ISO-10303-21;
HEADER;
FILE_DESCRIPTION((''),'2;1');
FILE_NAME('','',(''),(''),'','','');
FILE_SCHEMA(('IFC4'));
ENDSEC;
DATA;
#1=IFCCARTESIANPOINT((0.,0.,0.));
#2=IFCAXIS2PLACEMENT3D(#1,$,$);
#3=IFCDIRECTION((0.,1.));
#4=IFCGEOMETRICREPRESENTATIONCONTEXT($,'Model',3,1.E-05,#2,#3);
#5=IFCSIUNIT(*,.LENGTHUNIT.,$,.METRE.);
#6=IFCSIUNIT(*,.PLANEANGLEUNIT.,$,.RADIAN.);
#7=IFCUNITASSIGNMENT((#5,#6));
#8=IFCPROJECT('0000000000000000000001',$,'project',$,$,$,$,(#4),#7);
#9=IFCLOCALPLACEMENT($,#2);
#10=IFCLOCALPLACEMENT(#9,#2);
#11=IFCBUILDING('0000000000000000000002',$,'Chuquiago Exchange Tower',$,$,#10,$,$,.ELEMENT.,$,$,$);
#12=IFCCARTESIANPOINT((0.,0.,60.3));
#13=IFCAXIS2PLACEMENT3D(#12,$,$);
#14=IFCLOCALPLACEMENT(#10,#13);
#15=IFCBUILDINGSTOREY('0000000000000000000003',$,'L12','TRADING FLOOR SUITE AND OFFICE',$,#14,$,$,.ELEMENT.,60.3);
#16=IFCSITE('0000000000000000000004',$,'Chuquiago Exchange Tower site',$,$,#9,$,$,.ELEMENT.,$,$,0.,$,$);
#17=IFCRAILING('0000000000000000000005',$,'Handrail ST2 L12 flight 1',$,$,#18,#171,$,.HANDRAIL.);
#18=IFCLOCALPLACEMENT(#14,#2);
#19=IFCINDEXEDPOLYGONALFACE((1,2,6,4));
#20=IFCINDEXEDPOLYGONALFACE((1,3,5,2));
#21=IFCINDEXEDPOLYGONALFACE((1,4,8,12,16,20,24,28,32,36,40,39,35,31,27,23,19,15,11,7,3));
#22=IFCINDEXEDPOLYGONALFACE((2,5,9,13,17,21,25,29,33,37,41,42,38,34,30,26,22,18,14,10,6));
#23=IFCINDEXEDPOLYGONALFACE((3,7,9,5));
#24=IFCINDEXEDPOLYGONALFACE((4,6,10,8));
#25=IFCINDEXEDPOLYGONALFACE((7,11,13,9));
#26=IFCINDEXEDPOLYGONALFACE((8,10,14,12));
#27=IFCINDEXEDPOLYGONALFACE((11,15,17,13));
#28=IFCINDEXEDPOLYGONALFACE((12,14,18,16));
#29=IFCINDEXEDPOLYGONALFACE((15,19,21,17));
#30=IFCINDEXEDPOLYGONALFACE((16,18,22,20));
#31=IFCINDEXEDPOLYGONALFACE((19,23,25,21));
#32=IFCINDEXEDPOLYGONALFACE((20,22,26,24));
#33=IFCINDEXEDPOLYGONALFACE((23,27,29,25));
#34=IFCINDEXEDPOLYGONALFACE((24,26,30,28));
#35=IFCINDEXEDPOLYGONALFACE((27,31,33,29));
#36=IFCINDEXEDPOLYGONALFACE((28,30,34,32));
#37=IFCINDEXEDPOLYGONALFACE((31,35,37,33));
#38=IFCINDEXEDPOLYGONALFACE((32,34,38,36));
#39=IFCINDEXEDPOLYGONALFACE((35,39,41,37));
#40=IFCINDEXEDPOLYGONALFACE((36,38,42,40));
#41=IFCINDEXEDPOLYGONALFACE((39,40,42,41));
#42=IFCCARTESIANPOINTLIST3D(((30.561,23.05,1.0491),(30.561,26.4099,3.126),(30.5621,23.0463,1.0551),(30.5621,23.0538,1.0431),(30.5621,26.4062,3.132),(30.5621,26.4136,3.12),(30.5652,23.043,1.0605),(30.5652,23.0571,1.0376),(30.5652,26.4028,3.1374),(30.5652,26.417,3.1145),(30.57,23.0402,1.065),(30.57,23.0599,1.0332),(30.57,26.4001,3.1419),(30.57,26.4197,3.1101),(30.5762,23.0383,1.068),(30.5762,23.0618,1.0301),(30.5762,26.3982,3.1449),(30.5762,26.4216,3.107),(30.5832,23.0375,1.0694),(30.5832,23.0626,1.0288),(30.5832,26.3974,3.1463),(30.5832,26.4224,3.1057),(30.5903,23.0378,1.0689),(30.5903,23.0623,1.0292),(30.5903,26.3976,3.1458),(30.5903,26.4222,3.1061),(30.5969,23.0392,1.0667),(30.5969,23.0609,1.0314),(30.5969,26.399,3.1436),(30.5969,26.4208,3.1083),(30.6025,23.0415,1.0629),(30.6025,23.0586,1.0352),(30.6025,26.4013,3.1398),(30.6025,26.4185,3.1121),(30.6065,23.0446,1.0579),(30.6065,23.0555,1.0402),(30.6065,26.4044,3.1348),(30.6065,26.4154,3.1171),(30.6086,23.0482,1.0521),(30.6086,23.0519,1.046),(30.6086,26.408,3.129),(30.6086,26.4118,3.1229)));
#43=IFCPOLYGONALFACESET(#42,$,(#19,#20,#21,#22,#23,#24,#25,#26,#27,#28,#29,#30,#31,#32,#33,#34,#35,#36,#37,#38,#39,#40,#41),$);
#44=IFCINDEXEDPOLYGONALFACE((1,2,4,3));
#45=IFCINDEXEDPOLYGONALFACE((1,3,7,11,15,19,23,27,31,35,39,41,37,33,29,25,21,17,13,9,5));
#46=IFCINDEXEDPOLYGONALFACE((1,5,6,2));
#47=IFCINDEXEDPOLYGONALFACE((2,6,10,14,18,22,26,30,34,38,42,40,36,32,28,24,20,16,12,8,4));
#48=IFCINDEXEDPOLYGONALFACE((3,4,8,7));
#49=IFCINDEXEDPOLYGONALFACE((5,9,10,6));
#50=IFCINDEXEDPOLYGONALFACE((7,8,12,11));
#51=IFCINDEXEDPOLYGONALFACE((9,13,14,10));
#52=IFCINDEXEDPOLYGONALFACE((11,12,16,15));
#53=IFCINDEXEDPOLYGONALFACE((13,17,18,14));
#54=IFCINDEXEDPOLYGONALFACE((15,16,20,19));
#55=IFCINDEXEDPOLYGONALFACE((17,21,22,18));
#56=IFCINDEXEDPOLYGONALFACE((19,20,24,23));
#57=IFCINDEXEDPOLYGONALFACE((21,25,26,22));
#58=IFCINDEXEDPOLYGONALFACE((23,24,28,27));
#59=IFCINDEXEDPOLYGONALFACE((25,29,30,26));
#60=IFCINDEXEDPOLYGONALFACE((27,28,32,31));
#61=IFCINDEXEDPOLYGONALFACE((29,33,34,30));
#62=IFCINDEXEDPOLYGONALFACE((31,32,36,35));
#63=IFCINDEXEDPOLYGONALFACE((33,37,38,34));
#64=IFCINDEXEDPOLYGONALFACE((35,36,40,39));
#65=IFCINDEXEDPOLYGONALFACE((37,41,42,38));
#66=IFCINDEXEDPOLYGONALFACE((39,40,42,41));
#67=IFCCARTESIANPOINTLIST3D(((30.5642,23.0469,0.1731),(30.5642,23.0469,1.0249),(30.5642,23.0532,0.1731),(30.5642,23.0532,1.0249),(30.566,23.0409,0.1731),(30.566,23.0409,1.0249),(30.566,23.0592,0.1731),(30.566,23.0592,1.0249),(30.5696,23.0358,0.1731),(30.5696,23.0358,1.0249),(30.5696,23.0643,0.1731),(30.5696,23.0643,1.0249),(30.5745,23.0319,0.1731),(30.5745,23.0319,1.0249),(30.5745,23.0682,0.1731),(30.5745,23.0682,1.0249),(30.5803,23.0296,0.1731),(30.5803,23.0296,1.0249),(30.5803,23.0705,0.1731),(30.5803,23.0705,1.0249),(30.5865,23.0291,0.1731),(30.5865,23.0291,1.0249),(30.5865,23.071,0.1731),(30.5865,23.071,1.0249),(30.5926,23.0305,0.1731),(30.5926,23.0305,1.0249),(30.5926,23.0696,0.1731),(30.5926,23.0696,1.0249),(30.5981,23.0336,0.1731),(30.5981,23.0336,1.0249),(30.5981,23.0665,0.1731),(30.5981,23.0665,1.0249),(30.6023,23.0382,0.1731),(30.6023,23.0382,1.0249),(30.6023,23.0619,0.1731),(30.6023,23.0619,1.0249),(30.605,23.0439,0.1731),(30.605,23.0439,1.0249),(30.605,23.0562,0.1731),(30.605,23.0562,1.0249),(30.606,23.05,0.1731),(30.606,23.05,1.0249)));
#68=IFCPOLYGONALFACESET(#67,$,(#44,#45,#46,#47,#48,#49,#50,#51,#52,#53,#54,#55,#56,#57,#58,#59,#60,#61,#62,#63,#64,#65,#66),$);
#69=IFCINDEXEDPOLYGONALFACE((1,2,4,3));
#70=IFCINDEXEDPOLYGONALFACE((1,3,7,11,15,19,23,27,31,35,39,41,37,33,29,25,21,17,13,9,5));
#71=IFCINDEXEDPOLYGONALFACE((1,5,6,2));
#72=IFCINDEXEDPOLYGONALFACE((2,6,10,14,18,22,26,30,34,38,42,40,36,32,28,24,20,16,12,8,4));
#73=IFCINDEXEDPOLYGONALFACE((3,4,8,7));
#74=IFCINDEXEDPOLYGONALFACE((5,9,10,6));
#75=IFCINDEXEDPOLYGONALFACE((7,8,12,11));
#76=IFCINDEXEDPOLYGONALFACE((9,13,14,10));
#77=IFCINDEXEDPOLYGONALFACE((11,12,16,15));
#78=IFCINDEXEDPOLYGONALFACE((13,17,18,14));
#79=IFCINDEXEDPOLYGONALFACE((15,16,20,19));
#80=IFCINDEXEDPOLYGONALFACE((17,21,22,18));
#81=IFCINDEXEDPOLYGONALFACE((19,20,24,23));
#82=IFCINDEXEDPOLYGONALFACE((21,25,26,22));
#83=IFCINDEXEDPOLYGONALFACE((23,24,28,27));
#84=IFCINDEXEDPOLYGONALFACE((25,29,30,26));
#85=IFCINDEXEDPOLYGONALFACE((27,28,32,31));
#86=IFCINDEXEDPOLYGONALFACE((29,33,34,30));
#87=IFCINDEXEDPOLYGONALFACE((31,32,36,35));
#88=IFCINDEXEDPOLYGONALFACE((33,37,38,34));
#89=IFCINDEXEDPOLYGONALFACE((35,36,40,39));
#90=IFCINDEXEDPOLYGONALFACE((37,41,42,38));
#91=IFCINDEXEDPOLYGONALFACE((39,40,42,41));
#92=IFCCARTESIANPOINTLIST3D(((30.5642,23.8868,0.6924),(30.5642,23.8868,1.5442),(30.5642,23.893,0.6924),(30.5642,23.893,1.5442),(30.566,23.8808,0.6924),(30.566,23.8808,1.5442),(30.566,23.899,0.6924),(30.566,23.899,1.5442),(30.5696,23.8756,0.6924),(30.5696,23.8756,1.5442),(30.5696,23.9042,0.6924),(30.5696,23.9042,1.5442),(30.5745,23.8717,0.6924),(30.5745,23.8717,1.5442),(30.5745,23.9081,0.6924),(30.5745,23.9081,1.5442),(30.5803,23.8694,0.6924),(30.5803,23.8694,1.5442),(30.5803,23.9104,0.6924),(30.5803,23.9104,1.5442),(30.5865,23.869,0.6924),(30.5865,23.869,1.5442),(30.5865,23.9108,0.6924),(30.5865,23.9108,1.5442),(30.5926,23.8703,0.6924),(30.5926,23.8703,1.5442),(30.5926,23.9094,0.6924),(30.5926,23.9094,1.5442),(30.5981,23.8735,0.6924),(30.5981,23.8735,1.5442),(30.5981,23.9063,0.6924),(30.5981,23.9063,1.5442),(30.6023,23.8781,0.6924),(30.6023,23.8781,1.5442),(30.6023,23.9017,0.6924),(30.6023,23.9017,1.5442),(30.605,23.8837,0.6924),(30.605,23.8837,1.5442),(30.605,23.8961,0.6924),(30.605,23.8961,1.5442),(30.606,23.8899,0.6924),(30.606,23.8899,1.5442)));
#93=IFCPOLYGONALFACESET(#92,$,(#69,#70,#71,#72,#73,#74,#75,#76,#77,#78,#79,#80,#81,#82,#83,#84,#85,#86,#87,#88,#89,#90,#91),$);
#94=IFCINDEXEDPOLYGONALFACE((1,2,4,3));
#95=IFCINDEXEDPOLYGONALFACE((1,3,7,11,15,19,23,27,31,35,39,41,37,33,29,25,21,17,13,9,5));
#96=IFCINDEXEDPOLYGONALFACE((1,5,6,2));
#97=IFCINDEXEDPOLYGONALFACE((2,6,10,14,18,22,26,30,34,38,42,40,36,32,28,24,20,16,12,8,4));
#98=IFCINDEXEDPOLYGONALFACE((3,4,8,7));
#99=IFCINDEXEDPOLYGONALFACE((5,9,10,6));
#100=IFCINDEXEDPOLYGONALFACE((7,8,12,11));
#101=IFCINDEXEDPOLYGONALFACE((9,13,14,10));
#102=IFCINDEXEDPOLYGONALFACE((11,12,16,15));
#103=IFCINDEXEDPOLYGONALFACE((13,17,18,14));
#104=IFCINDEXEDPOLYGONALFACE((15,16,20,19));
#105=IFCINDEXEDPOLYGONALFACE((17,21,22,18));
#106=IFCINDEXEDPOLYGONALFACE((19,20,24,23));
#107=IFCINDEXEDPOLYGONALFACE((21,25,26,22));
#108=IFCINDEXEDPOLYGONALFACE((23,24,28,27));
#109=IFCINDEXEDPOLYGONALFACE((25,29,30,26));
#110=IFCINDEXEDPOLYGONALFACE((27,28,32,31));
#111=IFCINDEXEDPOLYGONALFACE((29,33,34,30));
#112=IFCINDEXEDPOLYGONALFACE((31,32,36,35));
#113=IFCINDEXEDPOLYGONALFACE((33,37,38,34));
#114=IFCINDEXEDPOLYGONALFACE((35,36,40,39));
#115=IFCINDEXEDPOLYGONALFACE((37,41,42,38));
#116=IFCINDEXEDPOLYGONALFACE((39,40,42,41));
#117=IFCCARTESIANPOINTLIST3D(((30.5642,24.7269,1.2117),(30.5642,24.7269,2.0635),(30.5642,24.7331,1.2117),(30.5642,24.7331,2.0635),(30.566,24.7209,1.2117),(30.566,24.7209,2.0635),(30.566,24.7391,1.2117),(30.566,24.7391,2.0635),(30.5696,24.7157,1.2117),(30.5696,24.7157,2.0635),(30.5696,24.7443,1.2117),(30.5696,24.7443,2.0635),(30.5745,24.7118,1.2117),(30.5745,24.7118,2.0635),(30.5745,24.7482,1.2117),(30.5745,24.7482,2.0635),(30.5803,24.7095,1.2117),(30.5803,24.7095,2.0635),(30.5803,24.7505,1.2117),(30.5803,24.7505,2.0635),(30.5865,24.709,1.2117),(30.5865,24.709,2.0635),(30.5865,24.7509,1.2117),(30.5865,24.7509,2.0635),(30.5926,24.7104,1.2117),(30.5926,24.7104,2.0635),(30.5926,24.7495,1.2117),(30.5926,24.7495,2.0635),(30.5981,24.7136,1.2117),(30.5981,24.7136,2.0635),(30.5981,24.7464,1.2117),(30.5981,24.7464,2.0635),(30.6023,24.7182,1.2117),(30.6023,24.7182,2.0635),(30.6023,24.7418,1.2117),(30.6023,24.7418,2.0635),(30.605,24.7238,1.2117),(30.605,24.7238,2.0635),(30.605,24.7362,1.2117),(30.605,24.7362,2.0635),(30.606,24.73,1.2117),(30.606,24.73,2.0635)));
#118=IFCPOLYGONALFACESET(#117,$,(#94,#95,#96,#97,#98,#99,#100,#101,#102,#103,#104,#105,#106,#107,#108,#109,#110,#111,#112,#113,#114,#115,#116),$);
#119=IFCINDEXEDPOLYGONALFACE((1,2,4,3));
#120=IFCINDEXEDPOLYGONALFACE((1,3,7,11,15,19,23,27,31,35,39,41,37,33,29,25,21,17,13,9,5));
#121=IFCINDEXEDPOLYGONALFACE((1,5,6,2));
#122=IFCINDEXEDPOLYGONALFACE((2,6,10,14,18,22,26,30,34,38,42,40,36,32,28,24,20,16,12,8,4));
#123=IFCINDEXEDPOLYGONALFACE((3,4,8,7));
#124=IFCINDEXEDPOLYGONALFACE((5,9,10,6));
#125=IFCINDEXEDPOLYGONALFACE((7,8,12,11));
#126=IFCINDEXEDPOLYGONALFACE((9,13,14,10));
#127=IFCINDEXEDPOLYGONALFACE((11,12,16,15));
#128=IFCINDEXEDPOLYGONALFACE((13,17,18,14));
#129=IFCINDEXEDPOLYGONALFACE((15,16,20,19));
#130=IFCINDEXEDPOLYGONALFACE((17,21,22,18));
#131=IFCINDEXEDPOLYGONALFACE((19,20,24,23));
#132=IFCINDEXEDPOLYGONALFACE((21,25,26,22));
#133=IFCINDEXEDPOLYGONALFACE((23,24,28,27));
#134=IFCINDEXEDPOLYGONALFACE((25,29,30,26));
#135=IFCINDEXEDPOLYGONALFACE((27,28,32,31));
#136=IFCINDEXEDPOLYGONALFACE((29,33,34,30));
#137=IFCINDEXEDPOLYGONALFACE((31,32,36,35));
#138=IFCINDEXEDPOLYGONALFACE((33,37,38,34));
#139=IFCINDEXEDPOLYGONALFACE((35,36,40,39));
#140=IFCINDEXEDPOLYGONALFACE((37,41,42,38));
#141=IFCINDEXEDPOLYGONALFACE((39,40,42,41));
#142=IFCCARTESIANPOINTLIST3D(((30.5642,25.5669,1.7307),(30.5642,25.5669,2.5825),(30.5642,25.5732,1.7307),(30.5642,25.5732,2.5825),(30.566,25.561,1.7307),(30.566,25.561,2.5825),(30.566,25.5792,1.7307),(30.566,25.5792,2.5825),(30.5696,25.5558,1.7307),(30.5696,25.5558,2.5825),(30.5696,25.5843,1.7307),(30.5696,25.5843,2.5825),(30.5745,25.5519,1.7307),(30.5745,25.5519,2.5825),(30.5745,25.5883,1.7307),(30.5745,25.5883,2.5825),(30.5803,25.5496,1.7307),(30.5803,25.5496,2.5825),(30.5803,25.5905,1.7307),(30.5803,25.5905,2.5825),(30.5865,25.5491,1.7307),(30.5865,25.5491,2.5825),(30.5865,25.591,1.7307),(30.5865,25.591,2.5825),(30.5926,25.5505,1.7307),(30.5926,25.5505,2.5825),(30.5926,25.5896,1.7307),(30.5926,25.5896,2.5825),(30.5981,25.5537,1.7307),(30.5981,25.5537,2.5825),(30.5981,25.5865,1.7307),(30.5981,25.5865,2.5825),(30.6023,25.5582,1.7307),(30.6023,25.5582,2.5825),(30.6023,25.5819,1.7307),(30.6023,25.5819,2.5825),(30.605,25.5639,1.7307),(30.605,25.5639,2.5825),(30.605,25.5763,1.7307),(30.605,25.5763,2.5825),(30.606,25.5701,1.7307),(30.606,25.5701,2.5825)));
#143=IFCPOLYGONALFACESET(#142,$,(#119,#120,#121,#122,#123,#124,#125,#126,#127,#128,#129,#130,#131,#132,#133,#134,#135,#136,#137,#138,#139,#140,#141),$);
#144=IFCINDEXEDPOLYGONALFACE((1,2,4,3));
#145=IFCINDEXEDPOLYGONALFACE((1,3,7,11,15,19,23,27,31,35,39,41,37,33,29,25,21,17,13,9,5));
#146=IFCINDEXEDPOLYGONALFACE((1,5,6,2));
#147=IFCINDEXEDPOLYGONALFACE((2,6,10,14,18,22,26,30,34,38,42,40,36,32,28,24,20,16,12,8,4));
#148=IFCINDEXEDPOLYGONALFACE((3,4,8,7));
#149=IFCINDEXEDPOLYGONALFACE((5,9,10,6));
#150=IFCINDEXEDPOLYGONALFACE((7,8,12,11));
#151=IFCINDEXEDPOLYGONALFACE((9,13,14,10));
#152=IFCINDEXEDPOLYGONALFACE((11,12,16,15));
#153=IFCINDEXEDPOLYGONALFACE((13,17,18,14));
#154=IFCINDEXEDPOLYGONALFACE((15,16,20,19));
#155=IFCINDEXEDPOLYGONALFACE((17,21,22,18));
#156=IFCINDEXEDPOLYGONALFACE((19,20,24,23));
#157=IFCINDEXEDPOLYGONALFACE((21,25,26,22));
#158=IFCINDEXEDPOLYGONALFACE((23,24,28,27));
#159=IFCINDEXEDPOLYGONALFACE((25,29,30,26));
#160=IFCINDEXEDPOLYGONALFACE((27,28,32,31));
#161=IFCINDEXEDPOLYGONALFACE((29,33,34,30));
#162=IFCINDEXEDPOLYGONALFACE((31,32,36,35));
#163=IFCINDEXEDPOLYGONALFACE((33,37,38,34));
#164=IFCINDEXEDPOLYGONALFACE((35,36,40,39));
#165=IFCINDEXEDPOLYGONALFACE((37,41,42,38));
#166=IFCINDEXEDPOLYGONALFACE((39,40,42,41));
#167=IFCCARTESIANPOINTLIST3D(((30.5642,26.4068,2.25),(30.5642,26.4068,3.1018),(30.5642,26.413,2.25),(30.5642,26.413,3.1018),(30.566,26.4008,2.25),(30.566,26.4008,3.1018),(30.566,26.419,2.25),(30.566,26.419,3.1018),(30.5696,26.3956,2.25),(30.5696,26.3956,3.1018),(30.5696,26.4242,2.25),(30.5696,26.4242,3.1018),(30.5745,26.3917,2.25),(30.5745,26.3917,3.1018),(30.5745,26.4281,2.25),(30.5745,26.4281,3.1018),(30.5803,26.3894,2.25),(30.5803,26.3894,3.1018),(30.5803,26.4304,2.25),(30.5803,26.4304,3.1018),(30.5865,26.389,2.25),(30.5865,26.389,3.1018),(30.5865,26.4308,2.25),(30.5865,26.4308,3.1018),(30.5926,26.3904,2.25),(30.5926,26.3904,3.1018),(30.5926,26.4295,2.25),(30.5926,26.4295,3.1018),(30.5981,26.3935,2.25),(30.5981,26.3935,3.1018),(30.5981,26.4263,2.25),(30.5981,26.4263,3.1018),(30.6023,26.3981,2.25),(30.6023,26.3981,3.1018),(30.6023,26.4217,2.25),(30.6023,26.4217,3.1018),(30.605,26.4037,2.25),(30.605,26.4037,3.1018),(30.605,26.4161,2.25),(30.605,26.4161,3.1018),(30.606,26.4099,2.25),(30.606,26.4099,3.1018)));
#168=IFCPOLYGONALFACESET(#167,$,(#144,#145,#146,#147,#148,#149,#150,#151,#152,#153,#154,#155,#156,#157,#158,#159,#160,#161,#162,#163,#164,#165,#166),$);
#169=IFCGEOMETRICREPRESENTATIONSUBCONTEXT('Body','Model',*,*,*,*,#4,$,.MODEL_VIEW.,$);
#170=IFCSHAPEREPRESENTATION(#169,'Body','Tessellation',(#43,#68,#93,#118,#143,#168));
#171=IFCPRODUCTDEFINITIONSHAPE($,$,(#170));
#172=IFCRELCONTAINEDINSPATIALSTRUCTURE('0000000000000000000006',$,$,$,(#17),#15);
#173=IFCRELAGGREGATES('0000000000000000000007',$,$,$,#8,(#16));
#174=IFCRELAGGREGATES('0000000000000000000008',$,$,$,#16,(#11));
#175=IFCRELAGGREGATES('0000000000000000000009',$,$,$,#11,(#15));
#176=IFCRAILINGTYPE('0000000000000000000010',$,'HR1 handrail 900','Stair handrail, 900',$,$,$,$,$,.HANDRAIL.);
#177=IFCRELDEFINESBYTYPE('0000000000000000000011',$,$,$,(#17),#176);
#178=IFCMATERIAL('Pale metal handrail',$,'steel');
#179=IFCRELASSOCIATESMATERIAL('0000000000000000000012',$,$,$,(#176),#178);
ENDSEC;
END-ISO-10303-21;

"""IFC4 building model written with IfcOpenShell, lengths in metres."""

from ifc_helpers import new_model, si_unit, direction, frame, origin, origin_2d, place, context, subcontext, project, spatial, circle, extrude, material, type_object, element, save


model = new_model("IFC4")

# Units and contexts
model_context = context("Model", 3, precision=1e-05, world=origin(), true_north=direction((0.0, 1.0)))
body_context = subcontext(model_context, "Body", "Model", "MODEL_VIEW")
ifc_project = project(units=[si_unit("LENGTHUNIT", "METRE"), si_unit("PLANEANGLEUNIT", "RADIAN")], contexts=[model_context])

# Site, building, storey
site_placement = place(None, origin())
site = spatial("IfcSite", under=ifc_project, at=site_placement, Name="Chuquiago Exchange Tower site", CompositionType="ELEMENT", RefElevation=0.0)
building_placement = place(site_placement, origin())
building = spatial("IfcBuilding", under=site, at=building_placement, Name="Chuquiago Exchange Tower", CompositionType="ELEMENT")
storey_placement = place(building_placement, frame((0.0, 0.0, 60.3)))
storey = spatial("IfcBuildingStorey", under=building, at=storey_placement, Name="L12", Description="TRADING FLOOR SUITE AND OFFICE", CompositionType="ELEMENT", Elevation=60.3)

# Railing
ifc_material_1 = material(Name="Pale metal handrail", Category="steel")
railing_type_1 = type_object("IfcRailingType", Name="HR1 handrail 900", Description="Stair handrail, 900", PredefinedType="HANDRAIL", material=ifc_material_1)
for number, where, name in (
    (1, (30.585, 23.05, 0.1731), "Handrail ST2 L12 flight 1"),
):
    element("IfcRailing", number, at=place(storey_placement, frame(where)), inside=storey, type_object=railing_type_1, Name=name, PredefinedType="HANDRAIL", context=body_context, shape_type="SweptSolid", body=[
        extrude(circle(Radius=0.0239, at=origin_2d()), frame((0.0, 0.0, 0.876), z_axis=(0.0, 0.850606, 0.525803), x_axis=(-1.0, 0.0, 0.0)), (0.0, 0.0, 1.0), 3.95),
        extrude(circle(Radius=0.021, at=origin_2d()), origin(), (0.0, 0.0, 1.0), 0.8518),
        extrude(circle(Radius=0.021, at=origin_2d()), frame((0.0, 0.8398, 0.5193)), (0.0, 0.0, 1.0), 0.8518),
        extrude(circle(Radius=0.021, at=origin_2d()), frame((0.0, 1.6799, 1.0386)), (0.0, 0.0, 1.0), 0.8518),
        extrude(circle(Radius=0.021, at=origin_2d()), frame((0.0, 2.52, 1.5576)), (0.0, 0.0, 1.0), 0.8518),
        extrude(circle(Radius=0.021, at=origin_2d()), frame((0.0, 3.3599, 2.0769)), (0.0, 0.0, 1.0), 0.8518),
    ])

save(model, "model.ifc")
